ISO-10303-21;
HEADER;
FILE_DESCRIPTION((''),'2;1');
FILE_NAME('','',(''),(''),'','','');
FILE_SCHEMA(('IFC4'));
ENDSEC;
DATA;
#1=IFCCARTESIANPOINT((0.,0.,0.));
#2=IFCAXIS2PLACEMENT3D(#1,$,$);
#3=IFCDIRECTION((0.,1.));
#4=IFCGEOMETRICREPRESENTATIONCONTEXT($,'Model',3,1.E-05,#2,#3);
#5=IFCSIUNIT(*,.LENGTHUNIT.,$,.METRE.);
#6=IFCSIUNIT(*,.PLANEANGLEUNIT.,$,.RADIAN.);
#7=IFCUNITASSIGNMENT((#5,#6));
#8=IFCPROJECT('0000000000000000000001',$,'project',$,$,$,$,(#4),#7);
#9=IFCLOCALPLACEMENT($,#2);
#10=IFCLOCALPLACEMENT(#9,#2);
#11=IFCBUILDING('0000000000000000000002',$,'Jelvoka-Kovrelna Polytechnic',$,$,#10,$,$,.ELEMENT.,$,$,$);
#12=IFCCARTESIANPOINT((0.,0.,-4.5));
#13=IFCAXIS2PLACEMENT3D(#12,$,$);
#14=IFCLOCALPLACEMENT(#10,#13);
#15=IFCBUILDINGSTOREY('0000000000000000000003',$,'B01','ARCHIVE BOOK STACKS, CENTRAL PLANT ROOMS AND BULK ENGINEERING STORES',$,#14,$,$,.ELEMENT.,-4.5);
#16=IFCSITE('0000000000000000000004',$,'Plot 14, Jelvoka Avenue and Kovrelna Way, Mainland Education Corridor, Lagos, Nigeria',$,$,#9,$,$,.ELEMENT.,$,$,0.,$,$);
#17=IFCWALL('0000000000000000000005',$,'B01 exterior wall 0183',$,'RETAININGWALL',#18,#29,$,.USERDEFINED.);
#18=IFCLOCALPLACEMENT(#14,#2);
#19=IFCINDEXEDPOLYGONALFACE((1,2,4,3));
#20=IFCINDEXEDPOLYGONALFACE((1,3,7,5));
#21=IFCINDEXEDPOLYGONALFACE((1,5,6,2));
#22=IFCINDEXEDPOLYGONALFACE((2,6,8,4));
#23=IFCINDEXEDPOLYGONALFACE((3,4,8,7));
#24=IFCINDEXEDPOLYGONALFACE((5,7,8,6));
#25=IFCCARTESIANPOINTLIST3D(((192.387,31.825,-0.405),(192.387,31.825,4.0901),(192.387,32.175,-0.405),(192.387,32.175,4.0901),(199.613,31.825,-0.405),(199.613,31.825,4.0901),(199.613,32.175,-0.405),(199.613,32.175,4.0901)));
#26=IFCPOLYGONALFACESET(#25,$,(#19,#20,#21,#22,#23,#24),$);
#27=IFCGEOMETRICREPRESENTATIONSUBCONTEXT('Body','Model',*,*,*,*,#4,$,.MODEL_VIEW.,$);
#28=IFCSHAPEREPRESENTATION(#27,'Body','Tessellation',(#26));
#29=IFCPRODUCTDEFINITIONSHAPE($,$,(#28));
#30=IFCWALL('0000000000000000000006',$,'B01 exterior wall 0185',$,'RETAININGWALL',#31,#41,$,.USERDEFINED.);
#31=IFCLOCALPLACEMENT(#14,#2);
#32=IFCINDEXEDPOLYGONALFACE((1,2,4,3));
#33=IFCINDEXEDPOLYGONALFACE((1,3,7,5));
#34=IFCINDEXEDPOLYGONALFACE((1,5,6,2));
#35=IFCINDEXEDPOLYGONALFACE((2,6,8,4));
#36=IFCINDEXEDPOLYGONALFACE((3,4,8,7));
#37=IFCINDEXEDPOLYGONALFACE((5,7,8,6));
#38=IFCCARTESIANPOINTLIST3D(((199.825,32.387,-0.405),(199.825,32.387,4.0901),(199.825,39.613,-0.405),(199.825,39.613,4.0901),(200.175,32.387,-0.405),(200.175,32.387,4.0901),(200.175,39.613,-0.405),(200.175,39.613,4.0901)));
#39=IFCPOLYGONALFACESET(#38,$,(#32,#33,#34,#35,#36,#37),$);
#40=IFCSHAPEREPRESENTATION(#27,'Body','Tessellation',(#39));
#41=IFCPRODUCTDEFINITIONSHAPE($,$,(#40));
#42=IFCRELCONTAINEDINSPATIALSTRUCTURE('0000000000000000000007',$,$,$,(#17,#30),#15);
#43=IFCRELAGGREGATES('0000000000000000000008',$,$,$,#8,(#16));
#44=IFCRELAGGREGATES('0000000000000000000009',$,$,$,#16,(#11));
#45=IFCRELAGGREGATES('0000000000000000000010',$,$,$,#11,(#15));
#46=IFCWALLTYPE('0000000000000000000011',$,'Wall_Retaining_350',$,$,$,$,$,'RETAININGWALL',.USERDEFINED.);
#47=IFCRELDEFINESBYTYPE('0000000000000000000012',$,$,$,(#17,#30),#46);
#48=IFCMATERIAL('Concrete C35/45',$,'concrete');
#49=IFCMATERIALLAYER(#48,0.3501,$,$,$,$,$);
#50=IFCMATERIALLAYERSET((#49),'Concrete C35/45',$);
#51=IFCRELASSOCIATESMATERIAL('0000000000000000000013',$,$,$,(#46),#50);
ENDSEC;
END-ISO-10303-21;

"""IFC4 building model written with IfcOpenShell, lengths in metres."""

from ifc_helpers import new_model, si_unit, direction, frame, frame_2d, origin, place, context, subcontext, project, spatial, rectangle, extrude, material, layer, layer_set, type_object, element, save


model = new_model("IFC4")

# Units and contexts
model_context = context("Model", 3, precision=1e-05, world=origin(), true_north=direction((0.0, 1.0)))
body_context = subcontext(model_context, "Body", "Model", "MODEL_VIEW")
ifc_project = project(units=[si_unit("LENGTHUNIT", "METRE"), si_unit("PLANEANGLEUNIT", "RADIAN")], contexts=[model_context])

# Site, building, storey
site_placement = place(None, origin())
site = spatial("IfcSite", under=ifc_project, at=site_placement, Name="Plot 14, Jelvoka Avenue and Kovrelna Way, Mainland Education Corridor, Lagos, Nigeria", CompositionType="ELEMENT", RefElevation=0.0)
building_placement = place(site_placement, origin())
building = spatial("IfcBuilding", under=site, at=building_placement, Name="Jelvoka-Kovrelna Polytechnic", CompositionType="ELEMENT")
storey_placement = place(building_placement, frame((0.0, 0.0, -4.5)))
storey = spatial("IfcBuildingStorey", under=building, at=storey_placement, Name="B01", Description="ARCHIVE BOOK STACKS, CENTRAL PLANT ROOMS AND BULK ENGINEERING STORES", CompositionType="ELEMENT", Elevation=-4.5)

# Walls
ifc_material_1 = material(Name="Concrete C35/45", Category="concrete")
ifc_layer = layer(ifc_material_1, 0.3501)
ifc_layer_set = layer_set([ifc_layer], Name="Concrete C35/45")
wall_type = type_object("IfcWallType", Name="Wall_Retaining_350", ElementType="RETAININGWALL", PredefinedType="USERDEFINED", material=ifc_layer_set)
for number, where, z_axis, x_axis, name in (
    (1, (192.387, 32.0, -0.405), (0.0, 0.0, 1.0), (1.0, 0.0, 0.0), "B01 exterior wall 0183"),
    (2, (200.0, 32.387, -0.405), (0.0, 0.0, 1.0), (0.0, 1.0, 0.0), "B01 exterior wall 0185"),
):
    element("IfcWall", number, at=place(storey_placement, frame(where, z_axis=z_axis, x_axis=x_axis)), inside=storey, type_object=wall_type, Name=name, ObjectType="RETAININGWALL", PredefinedType="USERDEFINED", context=body_context, shape_type="SweptSolid", body=[
        extrude(rectangle(XDim=7.2261, YDim=0.3501, at=frame_2d((3.613, 0.0))), origin(), (0.0, 0.0, 1.0), 4.4951),
    ])

save(model, "model.ifc")
